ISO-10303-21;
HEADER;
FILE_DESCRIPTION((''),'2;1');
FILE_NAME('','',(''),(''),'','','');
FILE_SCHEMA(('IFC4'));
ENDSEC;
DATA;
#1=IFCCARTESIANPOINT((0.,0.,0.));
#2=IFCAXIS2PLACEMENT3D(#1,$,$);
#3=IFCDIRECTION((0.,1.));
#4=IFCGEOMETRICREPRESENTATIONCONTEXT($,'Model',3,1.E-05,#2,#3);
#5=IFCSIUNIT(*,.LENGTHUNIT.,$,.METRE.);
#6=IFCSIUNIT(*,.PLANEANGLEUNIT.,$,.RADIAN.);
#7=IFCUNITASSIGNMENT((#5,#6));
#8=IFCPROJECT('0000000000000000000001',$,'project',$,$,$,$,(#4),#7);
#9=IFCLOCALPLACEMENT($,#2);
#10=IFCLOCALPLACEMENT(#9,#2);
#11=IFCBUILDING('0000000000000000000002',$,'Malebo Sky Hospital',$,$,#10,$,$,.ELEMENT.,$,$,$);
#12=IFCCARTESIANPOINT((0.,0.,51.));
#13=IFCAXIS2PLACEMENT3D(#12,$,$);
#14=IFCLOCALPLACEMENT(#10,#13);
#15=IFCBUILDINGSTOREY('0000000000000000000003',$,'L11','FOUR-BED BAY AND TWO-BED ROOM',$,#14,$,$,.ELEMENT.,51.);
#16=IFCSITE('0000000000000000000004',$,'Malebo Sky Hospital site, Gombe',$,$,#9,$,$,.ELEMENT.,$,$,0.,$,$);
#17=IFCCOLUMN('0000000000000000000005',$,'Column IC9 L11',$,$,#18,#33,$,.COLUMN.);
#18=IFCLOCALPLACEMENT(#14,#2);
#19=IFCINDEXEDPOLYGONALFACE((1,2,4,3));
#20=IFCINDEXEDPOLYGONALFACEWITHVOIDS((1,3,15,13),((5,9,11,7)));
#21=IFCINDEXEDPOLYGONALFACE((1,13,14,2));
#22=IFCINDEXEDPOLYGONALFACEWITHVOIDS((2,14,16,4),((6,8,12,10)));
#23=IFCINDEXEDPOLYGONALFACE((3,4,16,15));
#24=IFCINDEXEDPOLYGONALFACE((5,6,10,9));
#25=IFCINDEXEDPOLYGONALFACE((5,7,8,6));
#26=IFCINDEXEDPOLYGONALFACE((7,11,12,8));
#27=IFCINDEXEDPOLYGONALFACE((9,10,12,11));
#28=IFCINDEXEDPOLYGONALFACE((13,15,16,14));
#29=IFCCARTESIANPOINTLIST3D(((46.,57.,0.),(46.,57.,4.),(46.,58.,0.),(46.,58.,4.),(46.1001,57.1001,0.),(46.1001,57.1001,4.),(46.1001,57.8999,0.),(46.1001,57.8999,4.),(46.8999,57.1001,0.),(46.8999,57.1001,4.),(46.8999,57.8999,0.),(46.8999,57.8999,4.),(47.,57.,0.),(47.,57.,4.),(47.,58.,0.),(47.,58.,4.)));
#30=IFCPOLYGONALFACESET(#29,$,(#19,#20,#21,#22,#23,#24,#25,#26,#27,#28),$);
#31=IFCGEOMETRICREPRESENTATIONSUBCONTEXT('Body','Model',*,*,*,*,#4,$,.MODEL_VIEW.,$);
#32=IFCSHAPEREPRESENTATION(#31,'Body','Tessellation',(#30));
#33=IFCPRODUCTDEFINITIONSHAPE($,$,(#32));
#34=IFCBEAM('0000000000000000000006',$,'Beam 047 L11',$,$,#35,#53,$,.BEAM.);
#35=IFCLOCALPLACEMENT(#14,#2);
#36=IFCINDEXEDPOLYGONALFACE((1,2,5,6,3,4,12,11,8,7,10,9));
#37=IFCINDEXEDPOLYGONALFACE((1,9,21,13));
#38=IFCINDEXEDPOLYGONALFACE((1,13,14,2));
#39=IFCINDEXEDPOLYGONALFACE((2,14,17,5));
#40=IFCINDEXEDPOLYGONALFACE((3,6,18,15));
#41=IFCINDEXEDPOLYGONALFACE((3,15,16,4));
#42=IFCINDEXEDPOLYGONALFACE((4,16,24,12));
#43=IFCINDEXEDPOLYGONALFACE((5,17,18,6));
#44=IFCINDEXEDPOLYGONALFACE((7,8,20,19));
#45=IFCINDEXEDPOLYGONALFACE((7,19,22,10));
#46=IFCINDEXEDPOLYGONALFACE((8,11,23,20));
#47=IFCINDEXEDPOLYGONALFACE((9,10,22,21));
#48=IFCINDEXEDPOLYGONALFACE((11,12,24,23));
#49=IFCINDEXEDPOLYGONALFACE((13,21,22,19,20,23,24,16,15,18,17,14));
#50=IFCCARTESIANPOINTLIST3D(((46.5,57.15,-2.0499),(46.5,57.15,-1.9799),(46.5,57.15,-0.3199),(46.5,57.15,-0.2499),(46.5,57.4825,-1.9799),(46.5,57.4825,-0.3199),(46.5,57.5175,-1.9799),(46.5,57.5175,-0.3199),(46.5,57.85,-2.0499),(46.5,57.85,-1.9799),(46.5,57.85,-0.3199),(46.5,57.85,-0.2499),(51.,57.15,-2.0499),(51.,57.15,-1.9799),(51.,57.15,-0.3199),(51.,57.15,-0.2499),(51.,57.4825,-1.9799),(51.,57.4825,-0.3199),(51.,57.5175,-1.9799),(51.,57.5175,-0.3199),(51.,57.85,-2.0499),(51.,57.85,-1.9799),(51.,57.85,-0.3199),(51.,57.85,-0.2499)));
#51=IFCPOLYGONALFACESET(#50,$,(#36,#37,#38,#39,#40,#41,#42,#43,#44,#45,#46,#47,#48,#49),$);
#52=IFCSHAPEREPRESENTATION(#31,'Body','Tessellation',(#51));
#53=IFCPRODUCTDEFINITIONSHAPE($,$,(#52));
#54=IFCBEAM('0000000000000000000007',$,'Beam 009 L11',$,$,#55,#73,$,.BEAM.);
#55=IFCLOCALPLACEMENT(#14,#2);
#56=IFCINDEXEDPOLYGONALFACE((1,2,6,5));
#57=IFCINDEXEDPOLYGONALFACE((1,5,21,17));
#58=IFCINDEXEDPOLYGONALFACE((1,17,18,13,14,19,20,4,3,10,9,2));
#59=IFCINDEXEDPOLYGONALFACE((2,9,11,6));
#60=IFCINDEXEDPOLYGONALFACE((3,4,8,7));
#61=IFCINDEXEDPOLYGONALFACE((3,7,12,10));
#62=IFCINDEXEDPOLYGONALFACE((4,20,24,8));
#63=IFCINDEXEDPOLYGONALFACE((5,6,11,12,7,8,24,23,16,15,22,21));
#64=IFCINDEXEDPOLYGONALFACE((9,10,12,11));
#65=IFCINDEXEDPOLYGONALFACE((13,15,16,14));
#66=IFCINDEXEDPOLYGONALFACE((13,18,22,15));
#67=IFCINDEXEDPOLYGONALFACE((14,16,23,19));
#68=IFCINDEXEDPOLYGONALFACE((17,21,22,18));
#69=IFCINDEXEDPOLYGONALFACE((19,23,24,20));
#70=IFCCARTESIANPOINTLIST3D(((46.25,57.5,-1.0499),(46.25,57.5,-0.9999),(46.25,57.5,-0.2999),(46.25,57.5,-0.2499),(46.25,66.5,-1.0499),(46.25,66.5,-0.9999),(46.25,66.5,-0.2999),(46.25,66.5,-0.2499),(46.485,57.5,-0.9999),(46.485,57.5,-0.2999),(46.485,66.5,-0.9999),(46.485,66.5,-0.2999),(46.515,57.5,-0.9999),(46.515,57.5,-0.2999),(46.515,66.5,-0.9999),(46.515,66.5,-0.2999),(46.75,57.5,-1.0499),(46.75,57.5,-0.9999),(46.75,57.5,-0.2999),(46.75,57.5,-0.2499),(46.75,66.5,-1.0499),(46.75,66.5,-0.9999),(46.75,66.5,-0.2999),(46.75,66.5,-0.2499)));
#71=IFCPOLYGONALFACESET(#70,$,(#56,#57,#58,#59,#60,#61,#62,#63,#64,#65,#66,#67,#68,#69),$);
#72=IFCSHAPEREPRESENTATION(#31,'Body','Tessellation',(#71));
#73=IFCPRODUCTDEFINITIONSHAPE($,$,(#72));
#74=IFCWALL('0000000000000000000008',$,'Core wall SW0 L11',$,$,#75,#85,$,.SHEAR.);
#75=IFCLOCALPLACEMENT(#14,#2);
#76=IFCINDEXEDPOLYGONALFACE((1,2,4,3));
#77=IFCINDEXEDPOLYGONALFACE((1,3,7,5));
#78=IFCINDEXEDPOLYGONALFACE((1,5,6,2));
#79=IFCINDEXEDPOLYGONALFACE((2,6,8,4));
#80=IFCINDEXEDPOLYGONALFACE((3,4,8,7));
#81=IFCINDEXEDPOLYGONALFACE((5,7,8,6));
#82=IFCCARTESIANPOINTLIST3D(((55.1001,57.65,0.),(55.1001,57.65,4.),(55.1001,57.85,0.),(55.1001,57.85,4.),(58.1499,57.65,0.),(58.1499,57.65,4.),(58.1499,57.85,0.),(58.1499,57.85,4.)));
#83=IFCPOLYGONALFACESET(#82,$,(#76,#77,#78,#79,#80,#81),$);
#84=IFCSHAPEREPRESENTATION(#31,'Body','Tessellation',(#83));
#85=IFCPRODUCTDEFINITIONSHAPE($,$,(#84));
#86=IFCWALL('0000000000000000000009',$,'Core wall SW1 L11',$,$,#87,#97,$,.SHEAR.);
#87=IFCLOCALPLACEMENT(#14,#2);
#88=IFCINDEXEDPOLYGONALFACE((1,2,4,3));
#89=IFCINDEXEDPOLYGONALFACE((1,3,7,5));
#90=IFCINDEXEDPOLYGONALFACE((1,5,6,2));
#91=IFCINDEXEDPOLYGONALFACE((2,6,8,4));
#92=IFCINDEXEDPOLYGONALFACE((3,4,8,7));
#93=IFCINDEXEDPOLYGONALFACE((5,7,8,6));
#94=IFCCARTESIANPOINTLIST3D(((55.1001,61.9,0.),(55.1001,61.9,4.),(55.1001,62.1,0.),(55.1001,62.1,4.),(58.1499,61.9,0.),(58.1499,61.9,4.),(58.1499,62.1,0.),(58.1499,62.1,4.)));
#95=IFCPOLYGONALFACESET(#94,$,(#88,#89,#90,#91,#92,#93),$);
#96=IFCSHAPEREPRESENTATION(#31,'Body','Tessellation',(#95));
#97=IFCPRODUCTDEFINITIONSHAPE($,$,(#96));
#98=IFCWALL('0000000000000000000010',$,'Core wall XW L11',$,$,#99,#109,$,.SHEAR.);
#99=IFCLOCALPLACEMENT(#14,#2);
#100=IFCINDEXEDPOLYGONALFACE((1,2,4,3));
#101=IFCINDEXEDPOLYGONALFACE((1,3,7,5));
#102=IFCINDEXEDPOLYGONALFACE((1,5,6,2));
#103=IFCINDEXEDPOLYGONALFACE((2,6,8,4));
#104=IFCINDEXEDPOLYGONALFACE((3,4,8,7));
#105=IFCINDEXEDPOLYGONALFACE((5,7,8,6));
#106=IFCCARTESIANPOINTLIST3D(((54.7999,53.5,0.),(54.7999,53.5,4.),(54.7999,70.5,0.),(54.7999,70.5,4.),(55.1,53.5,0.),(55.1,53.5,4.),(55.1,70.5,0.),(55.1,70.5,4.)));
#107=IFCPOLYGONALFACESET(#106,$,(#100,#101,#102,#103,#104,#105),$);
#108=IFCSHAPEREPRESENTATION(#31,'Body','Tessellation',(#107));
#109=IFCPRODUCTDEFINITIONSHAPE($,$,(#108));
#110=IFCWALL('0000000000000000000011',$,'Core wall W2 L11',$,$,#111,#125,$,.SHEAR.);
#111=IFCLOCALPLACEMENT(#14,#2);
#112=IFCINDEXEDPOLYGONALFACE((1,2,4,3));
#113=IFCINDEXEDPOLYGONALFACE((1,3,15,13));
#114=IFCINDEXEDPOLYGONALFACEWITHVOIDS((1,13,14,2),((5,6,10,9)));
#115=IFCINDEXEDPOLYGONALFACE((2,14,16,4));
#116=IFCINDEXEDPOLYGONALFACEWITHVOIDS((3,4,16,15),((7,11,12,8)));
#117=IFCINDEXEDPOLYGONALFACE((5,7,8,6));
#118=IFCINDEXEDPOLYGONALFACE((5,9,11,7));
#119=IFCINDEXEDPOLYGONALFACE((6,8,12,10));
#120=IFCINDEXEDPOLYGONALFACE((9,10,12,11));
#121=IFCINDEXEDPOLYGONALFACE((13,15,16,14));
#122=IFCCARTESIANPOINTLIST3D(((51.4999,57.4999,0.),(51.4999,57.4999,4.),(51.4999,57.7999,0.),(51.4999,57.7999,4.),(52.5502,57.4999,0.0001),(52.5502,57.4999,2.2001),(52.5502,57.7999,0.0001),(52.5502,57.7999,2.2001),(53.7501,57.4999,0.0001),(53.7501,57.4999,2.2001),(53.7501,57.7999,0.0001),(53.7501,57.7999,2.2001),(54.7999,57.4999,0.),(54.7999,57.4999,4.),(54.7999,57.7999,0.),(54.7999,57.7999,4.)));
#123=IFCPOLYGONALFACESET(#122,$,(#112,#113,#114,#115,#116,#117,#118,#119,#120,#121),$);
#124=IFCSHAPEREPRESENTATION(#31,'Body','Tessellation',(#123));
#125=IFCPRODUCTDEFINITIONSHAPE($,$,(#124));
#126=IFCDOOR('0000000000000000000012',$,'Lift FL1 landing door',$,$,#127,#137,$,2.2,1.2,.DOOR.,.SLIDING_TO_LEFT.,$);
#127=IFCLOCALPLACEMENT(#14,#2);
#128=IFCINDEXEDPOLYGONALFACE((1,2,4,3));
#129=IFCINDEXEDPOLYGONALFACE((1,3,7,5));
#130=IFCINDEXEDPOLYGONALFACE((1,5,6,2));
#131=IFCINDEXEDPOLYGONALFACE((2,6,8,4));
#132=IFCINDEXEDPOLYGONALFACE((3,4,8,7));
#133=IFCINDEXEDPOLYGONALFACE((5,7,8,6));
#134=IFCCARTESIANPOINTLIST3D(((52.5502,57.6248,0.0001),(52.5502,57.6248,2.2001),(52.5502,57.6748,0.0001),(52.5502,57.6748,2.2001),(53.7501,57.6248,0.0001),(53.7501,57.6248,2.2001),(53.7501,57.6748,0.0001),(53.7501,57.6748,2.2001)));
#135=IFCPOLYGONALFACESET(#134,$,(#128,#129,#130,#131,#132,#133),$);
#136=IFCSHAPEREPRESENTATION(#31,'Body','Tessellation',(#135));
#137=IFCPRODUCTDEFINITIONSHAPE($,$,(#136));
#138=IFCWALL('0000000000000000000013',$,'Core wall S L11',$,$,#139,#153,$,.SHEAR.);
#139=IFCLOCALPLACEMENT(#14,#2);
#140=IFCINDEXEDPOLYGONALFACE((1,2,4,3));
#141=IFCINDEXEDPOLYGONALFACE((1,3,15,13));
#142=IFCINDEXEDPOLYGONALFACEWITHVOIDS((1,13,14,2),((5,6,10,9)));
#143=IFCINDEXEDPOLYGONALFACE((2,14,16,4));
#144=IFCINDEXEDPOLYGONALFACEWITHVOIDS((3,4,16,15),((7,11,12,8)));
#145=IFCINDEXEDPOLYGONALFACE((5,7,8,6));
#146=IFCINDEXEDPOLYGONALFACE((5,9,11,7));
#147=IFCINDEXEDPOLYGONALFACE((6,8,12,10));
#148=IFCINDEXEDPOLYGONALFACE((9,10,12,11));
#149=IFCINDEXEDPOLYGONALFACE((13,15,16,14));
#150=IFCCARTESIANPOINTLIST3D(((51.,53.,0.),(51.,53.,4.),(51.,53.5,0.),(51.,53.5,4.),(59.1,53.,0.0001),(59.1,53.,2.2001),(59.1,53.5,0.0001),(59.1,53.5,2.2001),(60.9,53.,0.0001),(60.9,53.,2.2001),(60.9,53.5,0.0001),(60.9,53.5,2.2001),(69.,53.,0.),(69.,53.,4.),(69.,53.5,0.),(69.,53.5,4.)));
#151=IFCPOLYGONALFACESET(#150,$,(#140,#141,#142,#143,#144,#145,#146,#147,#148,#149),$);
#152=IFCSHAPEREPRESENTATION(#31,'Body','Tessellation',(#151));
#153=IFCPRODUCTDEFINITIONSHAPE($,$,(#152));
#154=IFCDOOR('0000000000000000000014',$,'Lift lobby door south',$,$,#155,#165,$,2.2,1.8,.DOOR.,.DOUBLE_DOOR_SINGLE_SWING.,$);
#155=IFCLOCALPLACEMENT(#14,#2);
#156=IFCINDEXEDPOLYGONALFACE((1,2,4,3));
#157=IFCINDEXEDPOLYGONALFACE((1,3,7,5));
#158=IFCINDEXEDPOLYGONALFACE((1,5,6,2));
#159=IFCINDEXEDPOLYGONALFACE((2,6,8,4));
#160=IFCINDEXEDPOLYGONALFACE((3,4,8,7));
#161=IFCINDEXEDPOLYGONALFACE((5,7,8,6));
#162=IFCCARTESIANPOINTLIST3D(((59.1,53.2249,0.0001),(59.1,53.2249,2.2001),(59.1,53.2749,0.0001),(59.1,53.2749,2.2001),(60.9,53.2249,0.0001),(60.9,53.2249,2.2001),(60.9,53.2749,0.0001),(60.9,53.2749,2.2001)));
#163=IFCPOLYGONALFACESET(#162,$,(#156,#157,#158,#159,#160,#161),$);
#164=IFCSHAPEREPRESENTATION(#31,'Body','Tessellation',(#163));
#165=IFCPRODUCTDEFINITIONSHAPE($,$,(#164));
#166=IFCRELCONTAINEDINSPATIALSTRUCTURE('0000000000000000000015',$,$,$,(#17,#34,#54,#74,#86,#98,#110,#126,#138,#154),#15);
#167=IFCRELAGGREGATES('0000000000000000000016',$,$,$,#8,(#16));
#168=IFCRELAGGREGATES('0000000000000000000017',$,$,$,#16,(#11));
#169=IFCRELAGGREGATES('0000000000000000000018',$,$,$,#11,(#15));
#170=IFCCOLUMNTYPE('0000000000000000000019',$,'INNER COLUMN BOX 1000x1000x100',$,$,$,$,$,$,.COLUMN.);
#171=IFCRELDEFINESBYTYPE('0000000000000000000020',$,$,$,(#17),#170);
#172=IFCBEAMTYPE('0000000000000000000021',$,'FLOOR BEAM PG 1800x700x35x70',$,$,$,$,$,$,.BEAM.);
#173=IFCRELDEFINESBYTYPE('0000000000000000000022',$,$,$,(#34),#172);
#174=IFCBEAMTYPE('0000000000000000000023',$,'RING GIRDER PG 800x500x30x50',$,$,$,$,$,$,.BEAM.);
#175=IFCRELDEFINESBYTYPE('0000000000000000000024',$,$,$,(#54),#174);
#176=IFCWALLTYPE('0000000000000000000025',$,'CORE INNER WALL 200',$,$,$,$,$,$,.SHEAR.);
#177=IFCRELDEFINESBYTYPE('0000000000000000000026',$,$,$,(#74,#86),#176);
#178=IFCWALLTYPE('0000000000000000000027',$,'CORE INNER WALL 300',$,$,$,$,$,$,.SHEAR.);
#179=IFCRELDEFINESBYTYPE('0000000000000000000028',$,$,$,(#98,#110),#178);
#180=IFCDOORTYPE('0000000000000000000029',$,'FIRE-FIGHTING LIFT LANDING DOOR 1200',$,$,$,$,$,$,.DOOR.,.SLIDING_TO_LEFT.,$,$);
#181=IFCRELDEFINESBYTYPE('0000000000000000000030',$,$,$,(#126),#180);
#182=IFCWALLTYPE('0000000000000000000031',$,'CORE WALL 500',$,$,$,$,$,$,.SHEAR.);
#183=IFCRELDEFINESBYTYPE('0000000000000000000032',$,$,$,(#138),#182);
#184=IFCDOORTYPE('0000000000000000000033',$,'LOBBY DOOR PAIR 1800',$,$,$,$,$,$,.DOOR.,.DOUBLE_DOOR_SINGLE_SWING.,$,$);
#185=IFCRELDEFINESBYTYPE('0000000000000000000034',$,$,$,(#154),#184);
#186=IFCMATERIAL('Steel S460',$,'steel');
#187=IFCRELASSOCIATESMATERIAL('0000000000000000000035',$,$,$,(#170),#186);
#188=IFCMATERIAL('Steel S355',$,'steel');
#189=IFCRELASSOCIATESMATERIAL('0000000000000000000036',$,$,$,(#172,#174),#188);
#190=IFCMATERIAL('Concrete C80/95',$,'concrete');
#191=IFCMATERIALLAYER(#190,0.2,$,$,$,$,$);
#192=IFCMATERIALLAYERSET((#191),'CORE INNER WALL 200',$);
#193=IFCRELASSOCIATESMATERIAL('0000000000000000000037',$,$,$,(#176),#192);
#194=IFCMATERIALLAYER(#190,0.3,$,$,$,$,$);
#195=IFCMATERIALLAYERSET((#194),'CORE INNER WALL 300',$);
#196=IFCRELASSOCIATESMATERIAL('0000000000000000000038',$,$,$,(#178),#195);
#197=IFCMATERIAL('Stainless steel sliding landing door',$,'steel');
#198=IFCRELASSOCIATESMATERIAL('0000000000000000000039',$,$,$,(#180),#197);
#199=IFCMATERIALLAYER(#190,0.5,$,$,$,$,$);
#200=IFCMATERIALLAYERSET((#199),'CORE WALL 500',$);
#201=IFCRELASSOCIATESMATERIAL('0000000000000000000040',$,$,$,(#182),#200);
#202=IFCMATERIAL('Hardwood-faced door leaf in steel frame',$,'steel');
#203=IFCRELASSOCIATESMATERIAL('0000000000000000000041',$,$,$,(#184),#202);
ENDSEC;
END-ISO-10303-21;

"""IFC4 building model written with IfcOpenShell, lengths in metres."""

from ifc_helpers import new_model, si_unit, direction, frame, frame_2d, origin, origin_2d, place, context, subcontext, project, spatial, rectangle, hollow_rectangle, i_section, extrude, material, layer, layer_set, material_profile, profile_set, type_object, element, fill, save


model = new_model("IFC4")

# Units and contexts
model_context = context("Model", 3, precision=1e-05, world=origin(), true_north=direction((0.0, 1.0)))
body_context = subcontext(model_context, "Body", "Model", "MODEL_VIEW")
ifc_project = project(units=[si_unit("LENGTHUNIT", "METRE"), si_unit("PLANEANGLEUNIT", "RADIAN")], contexts=[model_context])

# Site, building, storey
site_placement = place(None, origin())
site = spatial("IfcSite", under=ifc_project, at=site_placement, Name="Malebo Sky Hospital site, Gombe", CompositionType="ELEMENT", RefElevation=0.0)
building_placement = place(site_placement, origin())
building = spatial("IfcBuilding", under=site, at=building_placement, Name="Malebo Sky Hospital", CompositionType="ELEMENT")
storey_placement = place(building_placement, frame((0.0, 0.0, 51.0)))
storey = spatial("IfcBuildingStorey", under=building, at=storey_placement, Name="L11", Description="FOUR-BED BAY AND TWO-BED ROOM", CompositionType="ELEMENT", Elevation=51.0)

# Column
ifc_material_1 = material(Name="Steel S460", Category="steel")
ifc_material_profile_1 = material_profile(ifc_material_1, hollow_rectangle(XDim=1.0, YDim=1.0, WallThickness=0.1001, at=origin_2d()), Name="BOX 1000x1000x100")
ifc_profile_set_1 = profile_set([ifc_material_profile_1], Name="Steel S460")
column_type = type_object("IfcColumnType", Name="INNER COLUMN BOX 1000x1000x100", PredefinedType="COLUMN", material=ifc_profile_set_1)
column_placement = place(storey_placement, frame((46.5, 57.5, 0.0), z_axis=(0.0, 0.0, 1.0), x_axis=(1.0, 0.0, 0.0)))
element("IfcColumn", 1, at=column_placement, inside=storey, type_object=column_type, Name="Column IC9 L11", PredefinedType="COLUMN", context=body_context, shape_type="SweptSolid", body=[
    extrude(hollow_rectangle(XDim=1.0, YDim=1.0, WallThickness=0.1001, at=origin_2d()), origin(), (0.0, 0.0, 1.0), 4.0),
])

# Beams
ifc_material_2 = material(Name="Steel S355", Category="steel")
ifc_material_profile_2 = material_profile(ifc_material_2, i_section(OverallWidth=0.7, OverallDepth=1.8, WebThickness=0.0349, FlangeThickness=0.0701, at=origin_2d()), Name="PG 1800x700x35x70")
ifc_profile_set_2 = profile_set([ifc_material_profile_2], Name="Steel S355")
beam_type_1 = type_object("IfcBeamType", Name="FLOOR BEAM PG 1800x700x35x70", PredefinedType="BEAM", material=ifc_profile_set_2)
beam_1_placement = place(storey_placement, frame((46.5, 57.5, -1.1499), z_axis=(1.0, 0.0, 0.0), x_axis=(0.0, 1.0, 0.0)))
element("IfcBeam", 2, at=beam_1_placement, inside=storey, type_object=beam_type_1, Name="Beam 047 L11", PredefinedType="BEAM", context=body_context, shape_type="SweptSolid", body=[
    extrude(i_section(OverallWidth=0.7, OverallDepth=1.8, WebThickness=0.0349, FlangeThickness=0.0701, at=origin_2d()), origin(), (0.0, 0.0, 1.0), 4.5),
])
ifc_material_profile_3 = material_profile(ifc_material_2, i_section(OverallWidth=0.5, OverallDepth=0.8, WebThickness=0.03, FlangeThickness=0.05, at=origin_2d()), Name="PG 800x500x30x50")
ifc_profile_set_3 = profile_set([ifc_material_profile_3], Name="Steel S355")
beam_type_2 = type_object("IfcBeamType", Name="RING GIRDER PG 800x500x30x50", PredefinedType="BEAM", material=ifc_profile_set_3)
beam_2_placement = place(storey_placement, frame((46.5, 57.5, -0.6499), z_axis=(0.0, 1.0, 0.0), x_axis=(-1.0, 0.0, 0.0)))
element("IfcBeam", 3, at=beam_2_placement, inside=storey, type_object=beam_type_2, Name="Beam 009 L11", PredefinedType="BEAM", context=body_context, shape_type="SweptSolid", body=[
    extrude(i_section(OverallWidth=0.5, OverallDepth=0.8, WebThickness=0.03, FlangeThickness=0.05, at=origin_2d()), origin(), (0.0, 0.0, 1.0), 9.0),
])

# Walls
ifc_material_3 = material(Name="Concrete C80/95", Category="concrete")
ifc_layer_1 = layer(ifc_material_3, 0.2)
ifc_layer_set_1 = layer_set([ifc_layer_1], Name="CORE INNER WALL 200")
wall_type_1 = type_object("IfcWallType", Name="CORE INNER WALL 200", PredefinedType="SHEAR", material=ifc_layer_set_1)
for number, where, z_axis, x_axis, name in (
    (4, (55.1001, 57.75, 0.0), (0.0, 0.0, 1.0), (1.0, 0.0, 0.0), "Core wall SW0 L11"),
    (5, (55.1001, 62.0, 0.0), (0.0, 0.0, 1.0), (1.0, 0.0, 0.0), "Core wall SW1 L11"),
):
    element("IfcWall", number, at=place(storey_placement, frame(where, z_axis=z_axis, x_axis=x_axis)), inside=storey, type_object=wall_type_1, Name=name, PredefinedType="SHEAR", context=body_context, shape_type="SweptSolid", body=[
        extrude(rectangle(XDim=3.0498, YDim=0.2, at=frame_2d((1.5249, 0.0))), origin(), (0.0, 0.0, 1.0), 4.0),
    ])
ifc_layer_2 = layer(ifc_material_3, 0.3)
ifc_layer_set_2 = layer_set([ifc_layer_2], Name="CORE INNER WALL 300")
wall_type_2 = type_object("IfcWallType", Name="CORE INNER WALL 300", PredefinedType="SHEAR", material=ifc_layer_set_2)
wall_1_placement = place(storey_placement, frame((54.95, 53.5, 0.0), z_axis=(0.0, 0.0, 1.0), x_axis=(0.0, 1.0, 0.0)))
element("IfcWall", 6, at=wall_1_placement, inside=storey, type_object=wall_type_2, Name="Core wall XW L11", PredefinedType="SHEAR", context=body_context, shape_type="SweptSolid", body=[
    extrude(rectangle(XDim=17.0, YDim=0.3, at=frame_2d((8.5, 0.0))), origin(), (0.0, 0.0, 1.0), 4.0),
])

# Walls, openings, doors
wall_2_placement = place(storey_placement, frame((51.5, 57.6499, 0.0), z_axis=(0.0, 0.0, 1.0), x_axis=(1.0, 0.0, 0.0)))
wall_2 = element("IfcWall", 7, at=wall_2_placement, inside=storey, type_object=wall_type_2, Name="Core wall W2 L11", PredefinedType="SHEAR", context=body_context, shape_type="SweptSolid", body=[
    extrude(rectangle(XDim=3.3, YDim=0.3, at=frame_2d((1.6499, 0.0))), origin(), (0.0, 0.0, 1.0), 4.0),
])
opening_1_placement = place(wall_2_placement, frame((1.05, 0.0, 0.0)))
opening_1 = element("IfcOpeningElement", 8, at=opening_1_placement, cuts=wall_2, PredefinedType="OPENING", context=body_context, shape_type="SweptSolid", body=[
    extrude(rectangle(XDim=1.2, YDim=2.2, at=frame_2d((0.6001, 1.1001))), frame((0.0, 0.1599, 0.0), z_axis=(0.0, -1.0, 0.0), x_axis=(1.0, 0.0, 0.0)), (0.0, 0.0, 1.0), 0.3201),
])
ifc_material_4 = material(Name="Stainless steel sliding landing door", Category="steel")
door_type_1 = type_object("IfcDoorType", Name="FIRE-FIGHTING LIFT LANDING DOOR 1200", OperationType="SLIDING_TO_LEFT", PredefinedType="DOOR", material=ifc_material_4)
door_1_placement = place(opening_1_placement, origin())
door_1 = element("IfcDoor", 9, at=door_1_placement, inside=storey, type_object=door_type_1, Name="Lift FL1 landing door", OperationType="SLIDING_TO_LEFT", OverallHeight=2.2, OverallWidth=1.2, PredefinedType="DOOR", context=body_context, shape_type="SweptSolid", body=[
    extrude(rectangle(XDim=1.2, YDim=2.2, at=frame_2d((0.6001, 1.1001))), frame((0.0, 0.0249, 0.0), z_axis=(0.0, -1.0, 0.0), x_axis=(1.0, 0.0, 0.0)), (0.0, 0.0, 1.0), 0.05),
])
fill(opening_1, door_1)
ifc_layer_3 = layer(ifc_material_3, 0.5)
ifc_layer_set_3 = layer_set([ifc_layer_3], Name="CORE WALL 500")
wall_type_3 = type_object("IfcWallType", Name="CORE WALL 500", PredefinedType="SHEAR", material=ifc_layer_set_3)
wall_3_placement = place(storey_placement, frame((51.0, 53.25, 0.0), z_axis=(0.0, 0.0, 1.0), x_axis=(1.0, 0.0, 0.0)))
wall_3 = element("IfcWall", 10, at=wall_3_placement, inside=storey, type_object=wall_type_3, Name="Core wall S L11", PredefinedType="SHEAR", context=body_context, shape_type="SweptSolid", body=[
    extrude(rectangle(XDim=18.0, YDim=0.5, at=frame_2d((9.0, 0.0))), origin(), (0.0, 0.0, 1.0), 4.0),
])
opening_2_placement = place(wall_3_placement, frame((8.1001, 0.0, 0.0)))
opening_2 = element("IfcOpeningElement", 11, at=opening_2_placement, cuts=wall_3, PredefinedType="OPENING", context=body_context, shape_type="SweptSolid", body=[
    extrude(rectangle(XDim=1.8, YDim=2.2, at=frame_2d((0.8999, 1.1001))), frame((0.0, 0.26, 0.0), z_axis=(0.0, -1.0, 0.0), x_axis=(1.0, 0.0, 0.0)), (0.0, 0.0, 1.0), 0.52),
])
ifc_material_5 = material(Name="Hardwood-faced door leaf in steel frame", Category="steel")
door_type_2 = type_object("IfcDoorType", Name="LOBBY DOOR PAIR 1800", OperationType="DOUBLE_DOOR_SINGLE_SWING", PredefinedType="DOOR", material=ifc_material_5)
door_2_placement = place(opening_2_placement, origin())
door_2 = element("IfcDoor", 12, at=door_2_placement, inside=storey, type_object=door_type_2, Name="Lift lobby door south", OperationType="DOUBLE_DOOR_SINGLE_SWING", OverallHeight=2.2, OverallWidth=1.8, PredefinedType="DOOR", context=body_context, shape_type="SweptSolid", body=[
    extrude(rectangle(XDim=1.8, YDim=2.2, at=frame_2d((0.8999, 1.1001))), frame((0.0, 0.0249, 0.0), z_axis=(0.0, -1.0, 0.0), x_axis=(1.0, 0.0, 0.0)), (0.0, 0.0, 1.0), 0.05),
])
fill(opening_2, door_2)

save(model, "model.ifc")
